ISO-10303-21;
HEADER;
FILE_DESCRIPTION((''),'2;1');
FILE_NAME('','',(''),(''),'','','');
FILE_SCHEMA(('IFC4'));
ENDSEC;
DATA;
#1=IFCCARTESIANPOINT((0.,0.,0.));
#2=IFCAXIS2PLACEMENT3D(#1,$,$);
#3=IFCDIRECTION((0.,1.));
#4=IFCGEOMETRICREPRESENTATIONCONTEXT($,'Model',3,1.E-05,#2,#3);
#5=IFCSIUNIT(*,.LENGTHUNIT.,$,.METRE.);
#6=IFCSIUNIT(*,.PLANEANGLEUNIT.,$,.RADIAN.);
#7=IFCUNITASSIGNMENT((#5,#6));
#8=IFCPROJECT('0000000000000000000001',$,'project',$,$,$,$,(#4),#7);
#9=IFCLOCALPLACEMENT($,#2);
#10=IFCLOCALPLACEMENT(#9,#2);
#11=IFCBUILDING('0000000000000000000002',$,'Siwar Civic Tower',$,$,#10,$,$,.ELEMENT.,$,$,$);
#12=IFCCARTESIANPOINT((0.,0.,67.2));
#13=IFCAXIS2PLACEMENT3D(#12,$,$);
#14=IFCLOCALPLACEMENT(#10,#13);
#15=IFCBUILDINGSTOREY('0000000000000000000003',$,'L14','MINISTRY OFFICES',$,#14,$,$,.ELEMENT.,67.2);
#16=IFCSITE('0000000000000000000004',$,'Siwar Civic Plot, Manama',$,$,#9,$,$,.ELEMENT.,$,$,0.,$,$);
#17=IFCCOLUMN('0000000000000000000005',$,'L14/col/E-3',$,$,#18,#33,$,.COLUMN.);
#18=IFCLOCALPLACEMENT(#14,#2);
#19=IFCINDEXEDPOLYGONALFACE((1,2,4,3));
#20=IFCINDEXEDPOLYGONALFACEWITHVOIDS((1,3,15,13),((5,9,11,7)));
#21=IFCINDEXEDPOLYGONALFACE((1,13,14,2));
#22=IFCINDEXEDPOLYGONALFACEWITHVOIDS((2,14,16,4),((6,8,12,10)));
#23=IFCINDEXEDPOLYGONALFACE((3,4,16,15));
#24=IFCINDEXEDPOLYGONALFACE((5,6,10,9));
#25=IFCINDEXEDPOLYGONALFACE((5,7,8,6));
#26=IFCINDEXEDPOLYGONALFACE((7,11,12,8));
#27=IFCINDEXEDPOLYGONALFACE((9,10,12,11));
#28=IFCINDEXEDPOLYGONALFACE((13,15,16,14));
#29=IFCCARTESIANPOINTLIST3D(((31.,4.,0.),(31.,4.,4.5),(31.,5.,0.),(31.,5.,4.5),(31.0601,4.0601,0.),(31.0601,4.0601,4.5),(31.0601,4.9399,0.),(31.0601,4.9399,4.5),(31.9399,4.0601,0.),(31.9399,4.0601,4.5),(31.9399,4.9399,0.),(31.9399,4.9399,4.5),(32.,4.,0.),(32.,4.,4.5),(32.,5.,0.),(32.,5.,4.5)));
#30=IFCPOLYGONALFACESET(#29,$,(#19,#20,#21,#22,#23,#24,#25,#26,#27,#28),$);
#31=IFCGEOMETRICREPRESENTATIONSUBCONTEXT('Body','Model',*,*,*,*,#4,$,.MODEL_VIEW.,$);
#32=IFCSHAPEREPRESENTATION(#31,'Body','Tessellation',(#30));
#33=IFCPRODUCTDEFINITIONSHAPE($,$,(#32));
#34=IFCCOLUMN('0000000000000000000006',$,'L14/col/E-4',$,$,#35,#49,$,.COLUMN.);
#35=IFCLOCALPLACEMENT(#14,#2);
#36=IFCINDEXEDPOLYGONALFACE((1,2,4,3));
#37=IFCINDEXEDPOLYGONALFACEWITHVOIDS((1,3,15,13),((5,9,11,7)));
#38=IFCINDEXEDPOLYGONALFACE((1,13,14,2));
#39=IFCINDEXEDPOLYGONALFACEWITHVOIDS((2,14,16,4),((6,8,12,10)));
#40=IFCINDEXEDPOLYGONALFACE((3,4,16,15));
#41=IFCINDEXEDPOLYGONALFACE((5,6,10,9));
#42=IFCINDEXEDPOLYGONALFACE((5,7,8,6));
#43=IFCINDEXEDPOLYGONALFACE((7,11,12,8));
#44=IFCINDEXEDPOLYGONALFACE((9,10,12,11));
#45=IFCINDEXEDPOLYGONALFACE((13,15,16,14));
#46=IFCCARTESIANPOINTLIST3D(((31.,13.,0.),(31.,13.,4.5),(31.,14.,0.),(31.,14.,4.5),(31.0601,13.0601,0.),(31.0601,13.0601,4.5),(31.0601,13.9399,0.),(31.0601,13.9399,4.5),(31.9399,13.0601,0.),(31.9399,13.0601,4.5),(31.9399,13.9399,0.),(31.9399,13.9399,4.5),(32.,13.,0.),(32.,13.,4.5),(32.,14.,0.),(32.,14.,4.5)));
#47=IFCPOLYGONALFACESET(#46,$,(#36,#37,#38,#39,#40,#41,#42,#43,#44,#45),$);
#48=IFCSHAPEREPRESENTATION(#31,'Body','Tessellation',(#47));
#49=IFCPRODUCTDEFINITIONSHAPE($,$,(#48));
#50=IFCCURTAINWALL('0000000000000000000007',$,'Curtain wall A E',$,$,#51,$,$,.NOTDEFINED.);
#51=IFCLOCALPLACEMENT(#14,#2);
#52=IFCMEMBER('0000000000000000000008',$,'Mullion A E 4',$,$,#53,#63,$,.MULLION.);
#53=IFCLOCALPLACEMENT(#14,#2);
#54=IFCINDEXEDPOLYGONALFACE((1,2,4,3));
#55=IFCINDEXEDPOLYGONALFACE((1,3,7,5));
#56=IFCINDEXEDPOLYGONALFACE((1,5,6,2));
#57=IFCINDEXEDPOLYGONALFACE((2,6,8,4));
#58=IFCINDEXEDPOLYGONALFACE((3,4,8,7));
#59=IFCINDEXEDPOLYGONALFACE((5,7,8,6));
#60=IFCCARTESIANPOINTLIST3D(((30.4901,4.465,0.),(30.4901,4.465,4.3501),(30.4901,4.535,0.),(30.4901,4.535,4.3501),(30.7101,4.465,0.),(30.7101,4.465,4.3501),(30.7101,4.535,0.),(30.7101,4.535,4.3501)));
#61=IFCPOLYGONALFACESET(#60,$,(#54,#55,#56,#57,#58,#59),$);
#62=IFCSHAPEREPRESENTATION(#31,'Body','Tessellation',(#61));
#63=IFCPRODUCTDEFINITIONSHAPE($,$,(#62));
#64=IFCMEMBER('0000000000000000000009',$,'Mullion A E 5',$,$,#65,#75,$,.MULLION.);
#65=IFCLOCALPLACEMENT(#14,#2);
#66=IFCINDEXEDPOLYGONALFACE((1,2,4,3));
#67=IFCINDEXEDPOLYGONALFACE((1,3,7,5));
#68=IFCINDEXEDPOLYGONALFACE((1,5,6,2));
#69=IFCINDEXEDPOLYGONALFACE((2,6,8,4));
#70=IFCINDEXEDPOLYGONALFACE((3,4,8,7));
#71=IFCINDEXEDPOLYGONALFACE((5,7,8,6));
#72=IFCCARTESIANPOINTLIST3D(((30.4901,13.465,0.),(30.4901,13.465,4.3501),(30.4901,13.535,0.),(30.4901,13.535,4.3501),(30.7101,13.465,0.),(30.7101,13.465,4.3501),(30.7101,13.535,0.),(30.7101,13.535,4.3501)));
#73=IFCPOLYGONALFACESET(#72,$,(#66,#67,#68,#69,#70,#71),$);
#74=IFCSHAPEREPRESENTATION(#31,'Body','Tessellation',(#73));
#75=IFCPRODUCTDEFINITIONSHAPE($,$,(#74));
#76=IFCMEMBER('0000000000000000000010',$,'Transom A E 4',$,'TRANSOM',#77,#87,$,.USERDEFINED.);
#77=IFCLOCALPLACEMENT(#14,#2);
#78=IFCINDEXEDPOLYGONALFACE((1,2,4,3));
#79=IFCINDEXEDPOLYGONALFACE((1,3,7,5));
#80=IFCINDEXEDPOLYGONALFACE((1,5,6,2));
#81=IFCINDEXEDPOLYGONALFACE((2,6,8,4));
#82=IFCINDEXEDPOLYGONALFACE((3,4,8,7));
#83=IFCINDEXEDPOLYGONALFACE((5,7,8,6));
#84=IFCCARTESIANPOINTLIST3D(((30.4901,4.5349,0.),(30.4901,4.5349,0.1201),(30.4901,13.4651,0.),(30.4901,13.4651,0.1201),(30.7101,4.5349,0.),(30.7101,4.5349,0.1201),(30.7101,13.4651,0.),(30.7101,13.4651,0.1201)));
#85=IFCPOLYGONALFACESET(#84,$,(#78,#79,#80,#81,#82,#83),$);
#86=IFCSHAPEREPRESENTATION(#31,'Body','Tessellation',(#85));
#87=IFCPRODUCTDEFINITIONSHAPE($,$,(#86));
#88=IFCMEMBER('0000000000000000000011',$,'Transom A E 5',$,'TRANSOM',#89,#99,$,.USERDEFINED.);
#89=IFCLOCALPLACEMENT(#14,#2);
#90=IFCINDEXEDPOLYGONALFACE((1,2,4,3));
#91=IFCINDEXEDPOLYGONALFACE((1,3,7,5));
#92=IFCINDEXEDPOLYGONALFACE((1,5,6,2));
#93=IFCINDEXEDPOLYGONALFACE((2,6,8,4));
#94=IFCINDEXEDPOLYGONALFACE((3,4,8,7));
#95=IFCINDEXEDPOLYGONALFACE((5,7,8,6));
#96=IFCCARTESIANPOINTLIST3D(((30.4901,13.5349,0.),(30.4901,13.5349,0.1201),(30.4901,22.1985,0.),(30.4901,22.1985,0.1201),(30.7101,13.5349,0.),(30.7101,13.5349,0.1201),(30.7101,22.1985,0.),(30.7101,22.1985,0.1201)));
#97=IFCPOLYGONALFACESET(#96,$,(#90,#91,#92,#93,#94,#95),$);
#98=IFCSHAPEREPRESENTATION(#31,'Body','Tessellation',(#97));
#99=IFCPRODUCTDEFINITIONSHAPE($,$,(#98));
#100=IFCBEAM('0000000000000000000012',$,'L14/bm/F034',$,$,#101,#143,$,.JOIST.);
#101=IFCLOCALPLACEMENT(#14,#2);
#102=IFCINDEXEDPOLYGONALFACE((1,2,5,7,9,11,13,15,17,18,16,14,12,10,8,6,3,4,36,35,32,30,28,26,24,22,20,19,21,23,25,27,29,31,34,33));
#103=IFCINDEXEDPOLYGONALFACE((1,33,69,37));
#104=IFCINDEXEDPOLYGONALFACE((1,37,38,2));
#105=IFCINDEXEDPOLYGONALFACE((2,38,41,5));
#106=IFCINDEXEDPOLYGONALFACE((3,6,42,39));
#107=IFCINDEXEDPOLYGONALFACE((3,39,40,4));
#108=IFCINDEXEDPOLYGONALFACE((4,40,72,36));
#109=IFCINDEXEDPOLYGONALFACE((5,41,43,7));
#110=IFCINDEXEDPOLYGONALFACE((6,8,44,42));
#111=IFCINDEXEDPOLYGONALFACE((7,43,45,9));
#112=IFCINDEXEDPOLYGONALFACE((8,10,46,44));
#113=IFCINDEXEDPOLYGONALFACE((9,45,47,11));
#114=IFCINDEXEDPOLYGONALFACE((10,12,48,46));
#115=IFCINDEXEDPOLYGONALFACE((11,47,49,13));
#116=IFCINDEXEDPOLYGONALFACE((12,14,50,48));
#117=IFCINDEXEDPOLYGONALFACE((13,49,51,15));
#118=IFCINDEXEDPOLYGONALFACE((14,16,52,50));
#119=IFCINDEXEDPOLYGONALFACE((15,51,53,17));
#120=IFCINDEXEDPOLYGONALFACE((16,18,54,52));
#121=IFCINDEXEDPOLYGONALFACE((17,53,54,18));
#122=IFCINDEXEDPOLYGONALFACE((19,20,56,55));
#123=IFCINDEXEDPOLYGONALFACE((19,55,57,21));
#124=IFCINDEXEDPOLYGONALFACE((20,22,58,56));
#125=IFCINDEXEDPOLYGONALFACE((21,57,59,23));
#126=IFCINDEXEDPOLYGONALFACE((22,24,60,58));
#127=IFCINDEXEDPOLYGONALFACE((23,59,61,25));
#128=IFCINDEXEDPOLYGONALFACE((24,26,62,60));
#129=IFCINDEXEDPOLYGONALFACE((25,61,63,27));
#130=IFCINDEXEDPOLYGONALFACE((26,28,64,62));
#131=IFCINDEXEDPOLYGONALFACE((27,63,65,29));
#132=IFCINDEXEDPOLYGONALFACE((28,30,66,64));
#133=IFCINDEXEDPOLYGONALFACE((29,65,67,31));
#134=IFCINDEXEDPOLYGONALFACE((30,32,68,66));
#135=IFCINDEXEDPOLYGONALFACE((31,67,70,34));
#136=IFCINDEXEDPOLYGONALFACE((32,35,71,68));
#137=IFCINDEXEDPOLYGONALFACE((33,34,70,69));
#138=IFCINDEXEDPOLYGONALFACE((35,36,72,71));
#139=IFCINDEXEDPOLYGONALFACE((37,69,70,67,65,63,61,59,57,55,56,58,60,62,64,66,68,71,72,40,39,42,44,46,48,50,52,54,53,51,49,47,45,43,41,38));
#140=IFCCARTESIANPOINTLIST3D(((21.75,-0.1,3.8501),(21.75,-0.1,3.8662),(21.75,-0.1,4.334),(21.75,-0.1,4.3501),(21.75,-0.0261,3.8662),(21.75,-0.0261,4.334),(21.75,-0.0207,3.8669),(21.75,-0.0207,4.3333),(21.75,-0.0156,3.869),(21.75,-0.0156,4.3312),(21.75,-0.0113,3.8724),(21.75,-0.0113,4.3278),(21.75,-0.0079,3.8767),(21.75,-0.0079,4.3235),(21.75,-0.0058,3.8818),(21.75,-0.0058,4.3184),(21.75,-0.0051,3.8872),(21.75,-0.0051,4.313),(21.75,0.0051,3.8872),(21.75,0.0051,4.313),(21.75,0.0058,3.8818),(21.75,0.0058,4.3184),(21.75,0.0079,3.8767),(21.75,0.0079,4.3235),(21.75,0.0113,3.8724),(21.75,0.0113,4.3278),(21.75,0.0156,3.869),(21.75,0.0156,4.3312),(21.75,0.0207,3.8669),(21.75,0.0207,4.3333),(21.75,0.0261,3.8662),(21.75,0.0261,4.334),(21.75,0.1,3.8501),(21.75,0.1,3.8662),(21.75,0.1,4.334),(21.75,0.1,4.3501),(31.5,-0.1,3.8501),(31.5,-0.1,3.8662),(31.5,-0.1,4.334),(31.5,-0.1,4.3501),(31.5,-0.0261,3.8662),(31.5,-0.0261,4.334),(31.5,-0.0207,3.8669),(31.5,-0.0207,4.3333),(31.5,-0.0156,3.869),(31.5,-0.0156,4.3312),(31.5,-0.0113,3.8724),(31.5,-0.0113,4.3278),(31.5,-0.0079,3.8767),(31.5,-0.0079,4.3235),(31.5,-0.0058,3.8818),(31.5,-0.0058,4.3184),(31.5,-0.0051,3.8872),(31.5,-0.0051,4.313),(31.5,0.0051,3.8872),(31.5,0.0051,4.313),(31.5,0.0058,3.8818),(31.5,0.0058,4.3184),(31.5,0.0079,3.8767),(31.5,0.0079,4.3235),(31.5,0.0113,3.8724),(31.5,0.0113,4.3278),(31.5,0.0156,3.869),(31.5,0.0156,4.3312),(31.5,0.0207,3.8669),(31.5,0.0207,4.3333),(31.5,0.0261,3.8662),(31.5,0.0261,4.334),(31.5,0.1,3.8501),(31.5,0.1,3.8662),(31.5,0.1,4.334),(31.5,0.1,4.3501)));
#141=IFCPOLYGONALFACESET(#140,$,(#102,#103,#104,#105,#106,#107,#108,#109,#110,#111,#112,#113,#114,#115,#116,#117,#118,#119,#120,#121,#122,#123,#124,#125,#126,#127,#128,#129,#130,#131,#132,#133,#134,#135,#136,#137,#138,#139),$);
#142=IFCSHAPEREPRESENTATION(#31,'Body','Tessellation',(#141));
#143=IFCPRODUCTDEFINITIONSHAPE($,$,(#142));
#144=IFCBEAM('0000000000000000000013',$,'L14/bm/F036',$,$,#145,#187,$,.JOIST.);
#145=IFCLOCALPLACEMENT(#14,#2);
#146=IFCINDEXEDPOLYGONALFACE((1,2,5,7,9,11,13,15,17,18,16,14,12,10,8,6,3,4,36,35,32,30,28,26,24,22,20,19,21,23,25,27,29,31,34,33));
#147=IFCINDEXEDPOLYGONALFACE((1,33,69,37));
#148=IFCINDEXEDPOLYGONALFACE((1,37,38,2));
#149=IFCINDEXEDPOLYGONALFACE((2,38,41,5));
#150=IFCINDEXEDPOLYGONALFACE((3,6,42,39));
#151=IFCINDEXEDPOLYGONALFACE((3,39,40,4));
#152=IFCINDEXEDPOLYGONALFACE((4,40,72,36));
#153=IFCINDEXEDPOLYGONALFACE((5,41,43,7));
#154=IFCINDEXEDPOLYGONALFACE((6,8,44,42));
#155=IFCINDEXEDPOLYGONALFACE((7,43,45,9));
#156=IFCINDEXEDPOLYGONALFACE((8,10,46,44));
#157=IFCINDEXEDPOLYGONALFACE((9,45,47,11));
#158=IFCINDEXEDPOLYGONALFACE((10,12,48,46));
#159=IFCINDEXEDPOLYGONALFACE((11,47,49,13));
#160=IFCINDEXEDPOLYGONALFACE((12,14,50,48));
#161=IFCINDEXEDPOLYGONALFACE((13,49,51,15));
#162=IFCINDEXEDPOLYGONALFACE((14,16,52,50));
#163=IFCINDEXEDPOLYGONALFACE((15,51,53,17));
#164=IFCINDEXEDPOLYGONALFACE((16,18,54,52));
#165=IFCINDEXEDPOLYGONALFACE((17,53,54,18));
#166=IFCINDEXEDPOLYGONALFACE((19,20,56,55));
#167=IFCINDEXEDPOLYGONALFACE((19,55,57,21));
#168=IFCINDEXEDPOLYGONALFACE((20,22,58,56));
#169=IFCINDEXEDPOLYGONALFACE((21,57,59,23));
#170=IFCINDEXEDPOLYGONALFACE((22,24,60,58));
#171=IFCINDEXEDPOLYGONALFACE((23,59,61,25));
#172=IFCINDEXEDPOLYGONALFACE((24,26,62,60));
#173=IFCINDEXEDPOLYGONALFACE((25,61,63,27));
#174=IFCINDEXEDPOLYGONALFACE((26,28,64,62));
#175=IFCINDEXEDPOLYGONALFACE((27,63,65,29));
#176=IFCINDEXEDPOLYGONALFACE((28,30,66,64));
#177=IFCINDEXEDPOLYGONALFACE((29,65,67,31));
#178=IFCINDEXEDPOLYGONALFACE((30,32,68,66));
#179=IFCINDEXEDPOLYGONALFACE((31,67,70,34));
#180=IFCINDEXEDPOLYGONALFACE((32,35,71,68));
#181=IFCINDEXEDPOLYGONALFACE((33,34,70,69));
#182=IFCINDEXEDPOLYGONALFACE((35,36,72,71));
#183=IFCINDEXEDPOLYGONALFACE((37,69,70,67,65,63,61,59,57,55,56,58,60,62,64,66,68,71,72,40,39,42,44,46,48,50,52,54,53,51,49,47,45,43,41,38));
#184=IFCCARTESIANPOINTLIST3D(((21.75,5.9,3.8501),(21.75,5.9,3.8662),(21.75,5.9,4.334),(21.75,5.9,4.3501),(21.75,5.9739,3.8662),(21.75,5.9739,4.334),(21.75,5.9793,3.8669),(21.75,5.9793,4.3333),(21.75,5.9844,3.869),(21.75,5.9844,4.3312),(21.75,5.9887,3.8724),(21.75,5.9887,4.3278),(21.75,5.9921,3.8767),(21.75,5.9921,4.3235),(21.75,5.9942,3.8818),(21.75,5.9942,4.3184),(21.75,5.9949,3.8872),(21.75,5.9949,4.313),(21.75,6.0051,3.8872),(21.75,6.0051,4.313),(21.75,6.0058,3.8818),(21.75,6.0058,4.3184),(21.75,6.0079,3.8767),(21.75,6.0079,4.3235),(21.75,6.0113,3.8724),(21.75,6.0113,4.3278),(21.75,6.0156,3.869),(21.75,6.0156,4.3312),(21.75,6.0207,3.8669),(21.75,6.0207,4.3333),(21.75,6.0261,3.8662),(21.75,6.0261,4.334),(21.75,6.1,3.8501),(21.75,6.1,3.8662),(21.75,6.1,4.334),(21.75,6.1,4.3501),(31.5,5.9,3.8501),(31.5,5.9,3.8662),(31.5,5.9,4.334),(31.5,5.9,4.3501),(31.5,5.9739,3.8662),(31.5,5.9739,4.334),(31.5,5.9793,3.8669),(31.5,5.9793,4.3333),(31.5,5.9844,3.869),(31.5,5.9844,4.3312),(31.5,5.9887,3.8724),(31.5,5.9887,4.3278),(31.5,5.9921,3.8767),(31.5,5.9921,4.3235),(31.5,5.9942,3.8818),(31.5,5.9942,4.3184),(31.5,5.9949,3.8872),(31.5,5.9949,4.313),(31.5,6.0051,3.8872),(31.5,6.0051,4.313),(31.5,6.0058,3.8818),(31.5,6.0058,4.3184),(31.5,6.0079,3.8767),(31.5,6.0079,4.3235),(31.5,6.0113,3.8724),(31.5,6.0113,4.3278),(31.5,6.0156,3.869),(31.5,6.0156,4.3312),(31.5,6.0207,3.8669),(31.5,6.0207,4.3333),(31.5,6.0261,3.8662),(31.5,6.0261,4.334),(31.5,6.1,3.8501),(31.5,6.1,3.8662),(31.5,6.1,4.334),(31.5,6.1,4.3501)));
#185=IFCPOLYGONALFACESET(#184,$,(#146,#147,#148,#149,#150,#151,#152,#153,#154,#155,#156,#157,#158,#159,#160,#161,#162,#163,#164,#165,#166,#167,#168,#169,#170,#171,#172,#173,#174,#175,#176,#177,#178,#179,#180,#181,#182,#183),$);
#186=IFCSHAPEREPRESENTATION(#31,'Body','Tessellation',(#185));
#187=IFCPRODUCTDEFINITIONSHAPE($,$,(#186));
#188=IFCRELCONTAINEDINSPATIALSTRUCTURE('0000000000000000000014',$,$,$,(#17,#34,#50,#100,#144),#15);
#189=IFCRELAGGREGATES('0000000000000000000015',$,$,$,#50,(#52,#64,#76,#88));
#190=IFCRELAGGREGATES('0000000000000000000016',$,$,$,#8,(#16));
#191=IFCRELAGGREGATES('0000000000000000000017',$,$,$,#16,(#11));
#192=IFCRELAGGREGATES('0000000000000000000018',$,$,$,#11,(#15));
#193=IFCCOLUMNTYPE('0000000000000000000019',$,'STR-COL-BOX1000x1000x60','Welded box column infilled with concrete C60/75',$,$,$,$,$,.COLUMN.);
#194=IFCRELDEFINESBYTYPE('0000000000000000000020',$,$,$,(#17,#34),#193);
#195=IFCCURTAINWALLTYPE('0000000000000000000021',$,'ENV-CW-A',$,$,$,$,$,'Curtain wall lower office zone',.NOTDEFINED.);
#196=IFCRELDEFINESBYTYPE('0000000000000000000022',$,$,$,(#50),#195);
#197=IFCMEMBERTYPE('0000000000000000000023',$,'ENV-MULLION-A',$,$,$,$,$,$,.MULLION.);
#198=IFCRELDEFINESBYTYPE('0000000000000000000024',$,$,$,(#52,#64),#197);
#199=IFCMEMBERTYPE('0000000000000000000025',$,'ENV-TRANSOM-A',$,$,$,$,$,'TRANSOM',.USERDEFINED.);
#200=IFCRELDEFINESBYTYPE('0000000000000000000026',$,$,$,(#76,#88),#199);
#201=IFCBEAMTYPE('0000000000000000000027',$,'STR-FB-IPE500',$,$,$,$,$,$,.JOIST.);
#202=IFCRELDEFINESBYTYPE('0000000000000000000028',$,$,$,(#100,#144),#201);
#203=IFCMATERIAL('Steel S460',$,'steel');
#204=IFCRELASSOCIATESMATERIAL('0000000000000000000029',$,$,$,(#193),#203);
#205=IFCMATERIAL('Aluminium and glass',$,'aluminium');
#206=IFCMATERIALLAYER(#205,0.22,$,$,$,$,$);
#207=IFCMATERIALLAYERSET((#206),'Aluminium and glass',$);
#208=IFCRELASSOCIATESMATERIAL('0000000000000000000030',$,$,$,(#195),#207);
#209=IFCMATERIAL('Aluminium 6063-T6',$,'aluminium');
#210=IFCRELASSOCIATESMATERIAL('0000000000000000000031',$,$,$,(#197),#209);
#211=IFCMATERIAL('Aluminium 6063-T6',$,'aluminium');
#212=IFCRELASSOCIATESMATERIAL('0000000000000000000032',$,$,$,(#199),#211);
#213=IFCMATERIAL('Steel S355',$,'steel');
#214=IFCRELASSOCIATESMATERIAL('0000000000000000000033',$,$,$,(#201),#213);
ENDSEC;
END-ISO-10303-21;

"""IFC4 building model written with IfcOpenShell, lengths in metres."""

from ifc_helpers import new_model, si_unit, direction, frame, origin, origin_2d, place, context, subcontext, project, spatial, rectangle, hollow_rectangle, i_section, extrude, material, layer, layer_set, material_profile, profile_set, type_object, element, aggregate, save


model = new_model("IFC4")

# Units and contexts
model_context = context("Model", 3, precision=1e-05, world=origin(), true_north=direction((0.0, 1.0)))
body_context = subcontext(model_context, "Body", "Model", "MODEL_VIEW")
ifc_project = project(units=[si_unit("LENGTHUNIT", "METRE"), si_unit("PLANEANGLEUNIT", "RADIAN")], contexts=[model_context])

# Site, building, storey
site_placement = place(None, origin())
site = spatial("IfcSite", under=ifc_project, at=site_placement, Name="Siwar Civic Plot, Manama", CompositionType="ELEMENT", RefElevation=0.0)
building_placement = place(site_placement, origin())
building = spatial("IfcBuilding", under=site, at=building_placement, Name="Siwar Civic Tower", CompositionType="ELEMENT")
storey_placement = place(building_placement, frame((0.0, 0.0, 67.2)))
storey = spatial("IfcBuildingStorey", under=building, at=storey_placement, Name="L14", Description="MINISTRY OFFICES", CompositionType="ELEMENT", Elevation=67.2)

# Columns
ifc_material_1 = material(Name="Steel S460", Category="steel")
ifc_material_profile_1 = material_profile(ifc_material_1, hollow_rectangle(XDim=1.0, YDim=1.0, WallThickness=0.0601, at=origin_2d()), Name="BOX1000x1000x60")
ifc_profile_set_1 = profile_set([ifc_material_profile_1], Name="Steel S460")
column_type = type_object("IfcColumnType", Name="STR-COL-BOX1000x1000x60", Description="Welded box column infilled with concrete C60/75", PredefinedType="COLUMN", material=ifc_profile_set_1)
for number, where, z_axis, x_axis, name in (
    (1, (31.5, 4.5, 0.0), (0.0, 0.0, 1.0), (1.0, 0.0, 0.0), "L14/col/E-3"),
    (2, (31.5, 13.5, 0.0), (0.0, 0.0, 1.0), (1.0, 0.0, 0.0), "L14/col/E-4"),
):
    element("IfcColumn", number, at=place(storey_placement, frame(where, z_axis=z_axis, x_axis=x_axis)), inside=storey, type_object=column_type, Name=name, PredefinedType="COLUMN", context=body_context, shape_type="SweptSolid", body=[
        extrude(hollow_rectangle(XDim=1.0, YDim=1.0, WallThickness=0.0601, at=origin_2d()), origin(), (0.0, 0.0, 1.0), 4.5),
    ])

# Curtain wall, members
ifc_material_2 = material(Name="Aluminium and glass", Category="aluminium")
ifc_layer_1 = layer(ifc_material_2, 0.22)
ifc_layer_set_1 = layer_set([ifc_layer_1], Name="Aluminium and glass")
curtain_wall_type = type_object("IfcCurtainWallType", Name="ENV-CW-A", ElementType="Curtain wall lower office zone", PredefinedType="NOTDEFINED", material=ifc_layer_set_1)
curtain_wall_placement = place(storey_placement, origin())
curtain_wall = element("IfcCurtainWall", 3, at=curtain_wall_placement, inside=storey, type_object=curtain_wall_type, Name="Curtain wall A E", PredefinedType="NOTDEFINED")
ifc_material_3 = material(Name="Aluminium 6063-T6", Category="aluminium")
ifc_material_profile_2 = material_profile(ifc_material_3, rectangle(XDim=0.22, YDim=0.0701, at=origin_2d()), Name="AL 220x70")
ifc_profile_set_2 = profile_set([ifc_material_profile_2], Name="Aluminium 6063-T6")
member_type_1 = type_object("IfcMemberType", Name="ENV-MULLION-A", PredefinedType="MULLION", material=ifc_profile_set_2)
member_1_placement = place(storey_placement, frame((30.6001, 4.5, 0.0), z_axis=(0.0, 0.0, 1.0), x_axis=(-1.0, 0.0, 0.0)))
member_1 = element("IfcMember", 4, at=member_1_placement, type_object=member_type_1, Name="Mullion A E 4", PredefinedType="MULLION", context=body_context, shape_type="SweptSolid", body=[
    extrude(rectangle(XDim=0.22, YDim=0.0701, at=origin_2d()), origin(), (0.0, 0.0, 1.0), 4.3501),
])
member_2_placement = place(storey_placement, frame((30.6001, 13.5, 0.0), z_axis=(0.0, 0.0, 1.0), x_axis=(-1.0, 0.0, 0.0)))
member_2 = element("IfcMember", 5, at=member_2_placement, type_object=member_type_1, Name="Mullion A E 5", PredefinedType="MULLION", context=body_context, shape_type="SweptSolid", body=[
    extrude(rectangle(XDim=0.22, YDim=0.0701, at=origin_2d()), origin(), (0.0, 0.0, 1.0), 4.3501),
])
ifc_material_4 = material(Name="Aluminium 6063-T6", Category="aluminium")
ifc_material_profile_3 = material_profile(ifc_material_4, rectangle(XDim=0.22, YDim=0.1201, at=origin_2d()), Name="AL 220x120")
ifc_profile_set_3 = profile_set([ifc_material_profile_3], Name="Aluminium 6063-T6")
member_type_2 = type_object("IfcMemberType", Name="ENV-TRANSOM-A", ElementType="TRANSOM", PredefinedType="USERDEFINED", material=ifc_profile_set_3)
member_3_placement = place(storey_placement, frame((30.6001, 4.5349, 0.0601), z_axis=(0.0, 1.0, 0.0), x_axis=(-1.0, 0.0, 0.0)))
member_3 = element("IfcMember", 6, at=member_3_placement, type_object=member_type_2, Name="Transom A E 4", ObjectType="TRANSOM", PredefinedType="USERDEFINED", context=body_context, shape_type="SweptSolid", body=[
    extrude(rectangle(XDim=0.22, YDim=0.1201, at=origin_2d()), origin(), (0.0, 0.0, 1.0), 8.9302),
])
member_4_placement = place(storey_placement, frame((30.6001, 13.5349, 0.0601), z_axis=(0.0, 1.0, 0.0), x_axis=(-1.0, 0.0, 0.0)))
member_4 = element("IfcMember", 7, at=member_4_placement, type_object=member_type_2, Name="Transom A E 5", ObjectType="TRANSOM", PredefinedType="USERDEFINED", context=body_context, shape_type="SweptSolid", body=[
    extrude(rectangle(XDim=0.22, YDim=0.1201, at=origin_2d()), origin(), (0.0, 0.0, 1.0), 8.6636),
])

# Beams
ifc_material_5 = material(Name="Steel S355", Category="steel")
ifc_material_profile_4 = material_profile(ifc_material_5, i_section(OverallWidth=0.2, OverallDepth=0.5, WebThickness=0.0103, FlangeThickness=0.0161, FilletRadius=0.021, at=origin_2d()), Name="IPE500")
ifc_profile_set_4 = profile_set([ifc_material_profile_4], Name="Steel S355")
beam_type_1 = type_object("IfcBeamType", Name="STR-FB-IPE500", PredefinedType="JOIST", material=ifc_profile_set_4)
for number, where, z_axis, x_axis, name in (
    (8, (21.75, 0.0, 4.1001), (1.0, 0.0, 0.0), (0.0, 1.0, 0.0), "L14/bm/F034"),
    (9, (21.75, 6.0, 4.1001), (1.0, 0.0, 0.0), (0.0, 1.0, 0.0), "L14/bm/F036"),
):
    element("IfcBeam", number, at=place(storey_placement, frame(where, z_axis=z_axis, x_axis=x_axis)), inside=storey, type_object=beam_type_1, Name=name, PredefinedType="JOIST", context=body_context, shape_type="SweptSolid", body=[
        extrude(i_section(OverallWidth=0.2, OverallDepth=0.5, WebThickness=0.0103, FlangeThickness=0.0161, FilletRadius=0.021, at=origin_2d()), origin(), (0.0, 0.0, 1.0), 9.75),
    ])

aggregate(curtain_wall, [member_1, member_2, member_3, member_4])

save(model, "model.ifc")
